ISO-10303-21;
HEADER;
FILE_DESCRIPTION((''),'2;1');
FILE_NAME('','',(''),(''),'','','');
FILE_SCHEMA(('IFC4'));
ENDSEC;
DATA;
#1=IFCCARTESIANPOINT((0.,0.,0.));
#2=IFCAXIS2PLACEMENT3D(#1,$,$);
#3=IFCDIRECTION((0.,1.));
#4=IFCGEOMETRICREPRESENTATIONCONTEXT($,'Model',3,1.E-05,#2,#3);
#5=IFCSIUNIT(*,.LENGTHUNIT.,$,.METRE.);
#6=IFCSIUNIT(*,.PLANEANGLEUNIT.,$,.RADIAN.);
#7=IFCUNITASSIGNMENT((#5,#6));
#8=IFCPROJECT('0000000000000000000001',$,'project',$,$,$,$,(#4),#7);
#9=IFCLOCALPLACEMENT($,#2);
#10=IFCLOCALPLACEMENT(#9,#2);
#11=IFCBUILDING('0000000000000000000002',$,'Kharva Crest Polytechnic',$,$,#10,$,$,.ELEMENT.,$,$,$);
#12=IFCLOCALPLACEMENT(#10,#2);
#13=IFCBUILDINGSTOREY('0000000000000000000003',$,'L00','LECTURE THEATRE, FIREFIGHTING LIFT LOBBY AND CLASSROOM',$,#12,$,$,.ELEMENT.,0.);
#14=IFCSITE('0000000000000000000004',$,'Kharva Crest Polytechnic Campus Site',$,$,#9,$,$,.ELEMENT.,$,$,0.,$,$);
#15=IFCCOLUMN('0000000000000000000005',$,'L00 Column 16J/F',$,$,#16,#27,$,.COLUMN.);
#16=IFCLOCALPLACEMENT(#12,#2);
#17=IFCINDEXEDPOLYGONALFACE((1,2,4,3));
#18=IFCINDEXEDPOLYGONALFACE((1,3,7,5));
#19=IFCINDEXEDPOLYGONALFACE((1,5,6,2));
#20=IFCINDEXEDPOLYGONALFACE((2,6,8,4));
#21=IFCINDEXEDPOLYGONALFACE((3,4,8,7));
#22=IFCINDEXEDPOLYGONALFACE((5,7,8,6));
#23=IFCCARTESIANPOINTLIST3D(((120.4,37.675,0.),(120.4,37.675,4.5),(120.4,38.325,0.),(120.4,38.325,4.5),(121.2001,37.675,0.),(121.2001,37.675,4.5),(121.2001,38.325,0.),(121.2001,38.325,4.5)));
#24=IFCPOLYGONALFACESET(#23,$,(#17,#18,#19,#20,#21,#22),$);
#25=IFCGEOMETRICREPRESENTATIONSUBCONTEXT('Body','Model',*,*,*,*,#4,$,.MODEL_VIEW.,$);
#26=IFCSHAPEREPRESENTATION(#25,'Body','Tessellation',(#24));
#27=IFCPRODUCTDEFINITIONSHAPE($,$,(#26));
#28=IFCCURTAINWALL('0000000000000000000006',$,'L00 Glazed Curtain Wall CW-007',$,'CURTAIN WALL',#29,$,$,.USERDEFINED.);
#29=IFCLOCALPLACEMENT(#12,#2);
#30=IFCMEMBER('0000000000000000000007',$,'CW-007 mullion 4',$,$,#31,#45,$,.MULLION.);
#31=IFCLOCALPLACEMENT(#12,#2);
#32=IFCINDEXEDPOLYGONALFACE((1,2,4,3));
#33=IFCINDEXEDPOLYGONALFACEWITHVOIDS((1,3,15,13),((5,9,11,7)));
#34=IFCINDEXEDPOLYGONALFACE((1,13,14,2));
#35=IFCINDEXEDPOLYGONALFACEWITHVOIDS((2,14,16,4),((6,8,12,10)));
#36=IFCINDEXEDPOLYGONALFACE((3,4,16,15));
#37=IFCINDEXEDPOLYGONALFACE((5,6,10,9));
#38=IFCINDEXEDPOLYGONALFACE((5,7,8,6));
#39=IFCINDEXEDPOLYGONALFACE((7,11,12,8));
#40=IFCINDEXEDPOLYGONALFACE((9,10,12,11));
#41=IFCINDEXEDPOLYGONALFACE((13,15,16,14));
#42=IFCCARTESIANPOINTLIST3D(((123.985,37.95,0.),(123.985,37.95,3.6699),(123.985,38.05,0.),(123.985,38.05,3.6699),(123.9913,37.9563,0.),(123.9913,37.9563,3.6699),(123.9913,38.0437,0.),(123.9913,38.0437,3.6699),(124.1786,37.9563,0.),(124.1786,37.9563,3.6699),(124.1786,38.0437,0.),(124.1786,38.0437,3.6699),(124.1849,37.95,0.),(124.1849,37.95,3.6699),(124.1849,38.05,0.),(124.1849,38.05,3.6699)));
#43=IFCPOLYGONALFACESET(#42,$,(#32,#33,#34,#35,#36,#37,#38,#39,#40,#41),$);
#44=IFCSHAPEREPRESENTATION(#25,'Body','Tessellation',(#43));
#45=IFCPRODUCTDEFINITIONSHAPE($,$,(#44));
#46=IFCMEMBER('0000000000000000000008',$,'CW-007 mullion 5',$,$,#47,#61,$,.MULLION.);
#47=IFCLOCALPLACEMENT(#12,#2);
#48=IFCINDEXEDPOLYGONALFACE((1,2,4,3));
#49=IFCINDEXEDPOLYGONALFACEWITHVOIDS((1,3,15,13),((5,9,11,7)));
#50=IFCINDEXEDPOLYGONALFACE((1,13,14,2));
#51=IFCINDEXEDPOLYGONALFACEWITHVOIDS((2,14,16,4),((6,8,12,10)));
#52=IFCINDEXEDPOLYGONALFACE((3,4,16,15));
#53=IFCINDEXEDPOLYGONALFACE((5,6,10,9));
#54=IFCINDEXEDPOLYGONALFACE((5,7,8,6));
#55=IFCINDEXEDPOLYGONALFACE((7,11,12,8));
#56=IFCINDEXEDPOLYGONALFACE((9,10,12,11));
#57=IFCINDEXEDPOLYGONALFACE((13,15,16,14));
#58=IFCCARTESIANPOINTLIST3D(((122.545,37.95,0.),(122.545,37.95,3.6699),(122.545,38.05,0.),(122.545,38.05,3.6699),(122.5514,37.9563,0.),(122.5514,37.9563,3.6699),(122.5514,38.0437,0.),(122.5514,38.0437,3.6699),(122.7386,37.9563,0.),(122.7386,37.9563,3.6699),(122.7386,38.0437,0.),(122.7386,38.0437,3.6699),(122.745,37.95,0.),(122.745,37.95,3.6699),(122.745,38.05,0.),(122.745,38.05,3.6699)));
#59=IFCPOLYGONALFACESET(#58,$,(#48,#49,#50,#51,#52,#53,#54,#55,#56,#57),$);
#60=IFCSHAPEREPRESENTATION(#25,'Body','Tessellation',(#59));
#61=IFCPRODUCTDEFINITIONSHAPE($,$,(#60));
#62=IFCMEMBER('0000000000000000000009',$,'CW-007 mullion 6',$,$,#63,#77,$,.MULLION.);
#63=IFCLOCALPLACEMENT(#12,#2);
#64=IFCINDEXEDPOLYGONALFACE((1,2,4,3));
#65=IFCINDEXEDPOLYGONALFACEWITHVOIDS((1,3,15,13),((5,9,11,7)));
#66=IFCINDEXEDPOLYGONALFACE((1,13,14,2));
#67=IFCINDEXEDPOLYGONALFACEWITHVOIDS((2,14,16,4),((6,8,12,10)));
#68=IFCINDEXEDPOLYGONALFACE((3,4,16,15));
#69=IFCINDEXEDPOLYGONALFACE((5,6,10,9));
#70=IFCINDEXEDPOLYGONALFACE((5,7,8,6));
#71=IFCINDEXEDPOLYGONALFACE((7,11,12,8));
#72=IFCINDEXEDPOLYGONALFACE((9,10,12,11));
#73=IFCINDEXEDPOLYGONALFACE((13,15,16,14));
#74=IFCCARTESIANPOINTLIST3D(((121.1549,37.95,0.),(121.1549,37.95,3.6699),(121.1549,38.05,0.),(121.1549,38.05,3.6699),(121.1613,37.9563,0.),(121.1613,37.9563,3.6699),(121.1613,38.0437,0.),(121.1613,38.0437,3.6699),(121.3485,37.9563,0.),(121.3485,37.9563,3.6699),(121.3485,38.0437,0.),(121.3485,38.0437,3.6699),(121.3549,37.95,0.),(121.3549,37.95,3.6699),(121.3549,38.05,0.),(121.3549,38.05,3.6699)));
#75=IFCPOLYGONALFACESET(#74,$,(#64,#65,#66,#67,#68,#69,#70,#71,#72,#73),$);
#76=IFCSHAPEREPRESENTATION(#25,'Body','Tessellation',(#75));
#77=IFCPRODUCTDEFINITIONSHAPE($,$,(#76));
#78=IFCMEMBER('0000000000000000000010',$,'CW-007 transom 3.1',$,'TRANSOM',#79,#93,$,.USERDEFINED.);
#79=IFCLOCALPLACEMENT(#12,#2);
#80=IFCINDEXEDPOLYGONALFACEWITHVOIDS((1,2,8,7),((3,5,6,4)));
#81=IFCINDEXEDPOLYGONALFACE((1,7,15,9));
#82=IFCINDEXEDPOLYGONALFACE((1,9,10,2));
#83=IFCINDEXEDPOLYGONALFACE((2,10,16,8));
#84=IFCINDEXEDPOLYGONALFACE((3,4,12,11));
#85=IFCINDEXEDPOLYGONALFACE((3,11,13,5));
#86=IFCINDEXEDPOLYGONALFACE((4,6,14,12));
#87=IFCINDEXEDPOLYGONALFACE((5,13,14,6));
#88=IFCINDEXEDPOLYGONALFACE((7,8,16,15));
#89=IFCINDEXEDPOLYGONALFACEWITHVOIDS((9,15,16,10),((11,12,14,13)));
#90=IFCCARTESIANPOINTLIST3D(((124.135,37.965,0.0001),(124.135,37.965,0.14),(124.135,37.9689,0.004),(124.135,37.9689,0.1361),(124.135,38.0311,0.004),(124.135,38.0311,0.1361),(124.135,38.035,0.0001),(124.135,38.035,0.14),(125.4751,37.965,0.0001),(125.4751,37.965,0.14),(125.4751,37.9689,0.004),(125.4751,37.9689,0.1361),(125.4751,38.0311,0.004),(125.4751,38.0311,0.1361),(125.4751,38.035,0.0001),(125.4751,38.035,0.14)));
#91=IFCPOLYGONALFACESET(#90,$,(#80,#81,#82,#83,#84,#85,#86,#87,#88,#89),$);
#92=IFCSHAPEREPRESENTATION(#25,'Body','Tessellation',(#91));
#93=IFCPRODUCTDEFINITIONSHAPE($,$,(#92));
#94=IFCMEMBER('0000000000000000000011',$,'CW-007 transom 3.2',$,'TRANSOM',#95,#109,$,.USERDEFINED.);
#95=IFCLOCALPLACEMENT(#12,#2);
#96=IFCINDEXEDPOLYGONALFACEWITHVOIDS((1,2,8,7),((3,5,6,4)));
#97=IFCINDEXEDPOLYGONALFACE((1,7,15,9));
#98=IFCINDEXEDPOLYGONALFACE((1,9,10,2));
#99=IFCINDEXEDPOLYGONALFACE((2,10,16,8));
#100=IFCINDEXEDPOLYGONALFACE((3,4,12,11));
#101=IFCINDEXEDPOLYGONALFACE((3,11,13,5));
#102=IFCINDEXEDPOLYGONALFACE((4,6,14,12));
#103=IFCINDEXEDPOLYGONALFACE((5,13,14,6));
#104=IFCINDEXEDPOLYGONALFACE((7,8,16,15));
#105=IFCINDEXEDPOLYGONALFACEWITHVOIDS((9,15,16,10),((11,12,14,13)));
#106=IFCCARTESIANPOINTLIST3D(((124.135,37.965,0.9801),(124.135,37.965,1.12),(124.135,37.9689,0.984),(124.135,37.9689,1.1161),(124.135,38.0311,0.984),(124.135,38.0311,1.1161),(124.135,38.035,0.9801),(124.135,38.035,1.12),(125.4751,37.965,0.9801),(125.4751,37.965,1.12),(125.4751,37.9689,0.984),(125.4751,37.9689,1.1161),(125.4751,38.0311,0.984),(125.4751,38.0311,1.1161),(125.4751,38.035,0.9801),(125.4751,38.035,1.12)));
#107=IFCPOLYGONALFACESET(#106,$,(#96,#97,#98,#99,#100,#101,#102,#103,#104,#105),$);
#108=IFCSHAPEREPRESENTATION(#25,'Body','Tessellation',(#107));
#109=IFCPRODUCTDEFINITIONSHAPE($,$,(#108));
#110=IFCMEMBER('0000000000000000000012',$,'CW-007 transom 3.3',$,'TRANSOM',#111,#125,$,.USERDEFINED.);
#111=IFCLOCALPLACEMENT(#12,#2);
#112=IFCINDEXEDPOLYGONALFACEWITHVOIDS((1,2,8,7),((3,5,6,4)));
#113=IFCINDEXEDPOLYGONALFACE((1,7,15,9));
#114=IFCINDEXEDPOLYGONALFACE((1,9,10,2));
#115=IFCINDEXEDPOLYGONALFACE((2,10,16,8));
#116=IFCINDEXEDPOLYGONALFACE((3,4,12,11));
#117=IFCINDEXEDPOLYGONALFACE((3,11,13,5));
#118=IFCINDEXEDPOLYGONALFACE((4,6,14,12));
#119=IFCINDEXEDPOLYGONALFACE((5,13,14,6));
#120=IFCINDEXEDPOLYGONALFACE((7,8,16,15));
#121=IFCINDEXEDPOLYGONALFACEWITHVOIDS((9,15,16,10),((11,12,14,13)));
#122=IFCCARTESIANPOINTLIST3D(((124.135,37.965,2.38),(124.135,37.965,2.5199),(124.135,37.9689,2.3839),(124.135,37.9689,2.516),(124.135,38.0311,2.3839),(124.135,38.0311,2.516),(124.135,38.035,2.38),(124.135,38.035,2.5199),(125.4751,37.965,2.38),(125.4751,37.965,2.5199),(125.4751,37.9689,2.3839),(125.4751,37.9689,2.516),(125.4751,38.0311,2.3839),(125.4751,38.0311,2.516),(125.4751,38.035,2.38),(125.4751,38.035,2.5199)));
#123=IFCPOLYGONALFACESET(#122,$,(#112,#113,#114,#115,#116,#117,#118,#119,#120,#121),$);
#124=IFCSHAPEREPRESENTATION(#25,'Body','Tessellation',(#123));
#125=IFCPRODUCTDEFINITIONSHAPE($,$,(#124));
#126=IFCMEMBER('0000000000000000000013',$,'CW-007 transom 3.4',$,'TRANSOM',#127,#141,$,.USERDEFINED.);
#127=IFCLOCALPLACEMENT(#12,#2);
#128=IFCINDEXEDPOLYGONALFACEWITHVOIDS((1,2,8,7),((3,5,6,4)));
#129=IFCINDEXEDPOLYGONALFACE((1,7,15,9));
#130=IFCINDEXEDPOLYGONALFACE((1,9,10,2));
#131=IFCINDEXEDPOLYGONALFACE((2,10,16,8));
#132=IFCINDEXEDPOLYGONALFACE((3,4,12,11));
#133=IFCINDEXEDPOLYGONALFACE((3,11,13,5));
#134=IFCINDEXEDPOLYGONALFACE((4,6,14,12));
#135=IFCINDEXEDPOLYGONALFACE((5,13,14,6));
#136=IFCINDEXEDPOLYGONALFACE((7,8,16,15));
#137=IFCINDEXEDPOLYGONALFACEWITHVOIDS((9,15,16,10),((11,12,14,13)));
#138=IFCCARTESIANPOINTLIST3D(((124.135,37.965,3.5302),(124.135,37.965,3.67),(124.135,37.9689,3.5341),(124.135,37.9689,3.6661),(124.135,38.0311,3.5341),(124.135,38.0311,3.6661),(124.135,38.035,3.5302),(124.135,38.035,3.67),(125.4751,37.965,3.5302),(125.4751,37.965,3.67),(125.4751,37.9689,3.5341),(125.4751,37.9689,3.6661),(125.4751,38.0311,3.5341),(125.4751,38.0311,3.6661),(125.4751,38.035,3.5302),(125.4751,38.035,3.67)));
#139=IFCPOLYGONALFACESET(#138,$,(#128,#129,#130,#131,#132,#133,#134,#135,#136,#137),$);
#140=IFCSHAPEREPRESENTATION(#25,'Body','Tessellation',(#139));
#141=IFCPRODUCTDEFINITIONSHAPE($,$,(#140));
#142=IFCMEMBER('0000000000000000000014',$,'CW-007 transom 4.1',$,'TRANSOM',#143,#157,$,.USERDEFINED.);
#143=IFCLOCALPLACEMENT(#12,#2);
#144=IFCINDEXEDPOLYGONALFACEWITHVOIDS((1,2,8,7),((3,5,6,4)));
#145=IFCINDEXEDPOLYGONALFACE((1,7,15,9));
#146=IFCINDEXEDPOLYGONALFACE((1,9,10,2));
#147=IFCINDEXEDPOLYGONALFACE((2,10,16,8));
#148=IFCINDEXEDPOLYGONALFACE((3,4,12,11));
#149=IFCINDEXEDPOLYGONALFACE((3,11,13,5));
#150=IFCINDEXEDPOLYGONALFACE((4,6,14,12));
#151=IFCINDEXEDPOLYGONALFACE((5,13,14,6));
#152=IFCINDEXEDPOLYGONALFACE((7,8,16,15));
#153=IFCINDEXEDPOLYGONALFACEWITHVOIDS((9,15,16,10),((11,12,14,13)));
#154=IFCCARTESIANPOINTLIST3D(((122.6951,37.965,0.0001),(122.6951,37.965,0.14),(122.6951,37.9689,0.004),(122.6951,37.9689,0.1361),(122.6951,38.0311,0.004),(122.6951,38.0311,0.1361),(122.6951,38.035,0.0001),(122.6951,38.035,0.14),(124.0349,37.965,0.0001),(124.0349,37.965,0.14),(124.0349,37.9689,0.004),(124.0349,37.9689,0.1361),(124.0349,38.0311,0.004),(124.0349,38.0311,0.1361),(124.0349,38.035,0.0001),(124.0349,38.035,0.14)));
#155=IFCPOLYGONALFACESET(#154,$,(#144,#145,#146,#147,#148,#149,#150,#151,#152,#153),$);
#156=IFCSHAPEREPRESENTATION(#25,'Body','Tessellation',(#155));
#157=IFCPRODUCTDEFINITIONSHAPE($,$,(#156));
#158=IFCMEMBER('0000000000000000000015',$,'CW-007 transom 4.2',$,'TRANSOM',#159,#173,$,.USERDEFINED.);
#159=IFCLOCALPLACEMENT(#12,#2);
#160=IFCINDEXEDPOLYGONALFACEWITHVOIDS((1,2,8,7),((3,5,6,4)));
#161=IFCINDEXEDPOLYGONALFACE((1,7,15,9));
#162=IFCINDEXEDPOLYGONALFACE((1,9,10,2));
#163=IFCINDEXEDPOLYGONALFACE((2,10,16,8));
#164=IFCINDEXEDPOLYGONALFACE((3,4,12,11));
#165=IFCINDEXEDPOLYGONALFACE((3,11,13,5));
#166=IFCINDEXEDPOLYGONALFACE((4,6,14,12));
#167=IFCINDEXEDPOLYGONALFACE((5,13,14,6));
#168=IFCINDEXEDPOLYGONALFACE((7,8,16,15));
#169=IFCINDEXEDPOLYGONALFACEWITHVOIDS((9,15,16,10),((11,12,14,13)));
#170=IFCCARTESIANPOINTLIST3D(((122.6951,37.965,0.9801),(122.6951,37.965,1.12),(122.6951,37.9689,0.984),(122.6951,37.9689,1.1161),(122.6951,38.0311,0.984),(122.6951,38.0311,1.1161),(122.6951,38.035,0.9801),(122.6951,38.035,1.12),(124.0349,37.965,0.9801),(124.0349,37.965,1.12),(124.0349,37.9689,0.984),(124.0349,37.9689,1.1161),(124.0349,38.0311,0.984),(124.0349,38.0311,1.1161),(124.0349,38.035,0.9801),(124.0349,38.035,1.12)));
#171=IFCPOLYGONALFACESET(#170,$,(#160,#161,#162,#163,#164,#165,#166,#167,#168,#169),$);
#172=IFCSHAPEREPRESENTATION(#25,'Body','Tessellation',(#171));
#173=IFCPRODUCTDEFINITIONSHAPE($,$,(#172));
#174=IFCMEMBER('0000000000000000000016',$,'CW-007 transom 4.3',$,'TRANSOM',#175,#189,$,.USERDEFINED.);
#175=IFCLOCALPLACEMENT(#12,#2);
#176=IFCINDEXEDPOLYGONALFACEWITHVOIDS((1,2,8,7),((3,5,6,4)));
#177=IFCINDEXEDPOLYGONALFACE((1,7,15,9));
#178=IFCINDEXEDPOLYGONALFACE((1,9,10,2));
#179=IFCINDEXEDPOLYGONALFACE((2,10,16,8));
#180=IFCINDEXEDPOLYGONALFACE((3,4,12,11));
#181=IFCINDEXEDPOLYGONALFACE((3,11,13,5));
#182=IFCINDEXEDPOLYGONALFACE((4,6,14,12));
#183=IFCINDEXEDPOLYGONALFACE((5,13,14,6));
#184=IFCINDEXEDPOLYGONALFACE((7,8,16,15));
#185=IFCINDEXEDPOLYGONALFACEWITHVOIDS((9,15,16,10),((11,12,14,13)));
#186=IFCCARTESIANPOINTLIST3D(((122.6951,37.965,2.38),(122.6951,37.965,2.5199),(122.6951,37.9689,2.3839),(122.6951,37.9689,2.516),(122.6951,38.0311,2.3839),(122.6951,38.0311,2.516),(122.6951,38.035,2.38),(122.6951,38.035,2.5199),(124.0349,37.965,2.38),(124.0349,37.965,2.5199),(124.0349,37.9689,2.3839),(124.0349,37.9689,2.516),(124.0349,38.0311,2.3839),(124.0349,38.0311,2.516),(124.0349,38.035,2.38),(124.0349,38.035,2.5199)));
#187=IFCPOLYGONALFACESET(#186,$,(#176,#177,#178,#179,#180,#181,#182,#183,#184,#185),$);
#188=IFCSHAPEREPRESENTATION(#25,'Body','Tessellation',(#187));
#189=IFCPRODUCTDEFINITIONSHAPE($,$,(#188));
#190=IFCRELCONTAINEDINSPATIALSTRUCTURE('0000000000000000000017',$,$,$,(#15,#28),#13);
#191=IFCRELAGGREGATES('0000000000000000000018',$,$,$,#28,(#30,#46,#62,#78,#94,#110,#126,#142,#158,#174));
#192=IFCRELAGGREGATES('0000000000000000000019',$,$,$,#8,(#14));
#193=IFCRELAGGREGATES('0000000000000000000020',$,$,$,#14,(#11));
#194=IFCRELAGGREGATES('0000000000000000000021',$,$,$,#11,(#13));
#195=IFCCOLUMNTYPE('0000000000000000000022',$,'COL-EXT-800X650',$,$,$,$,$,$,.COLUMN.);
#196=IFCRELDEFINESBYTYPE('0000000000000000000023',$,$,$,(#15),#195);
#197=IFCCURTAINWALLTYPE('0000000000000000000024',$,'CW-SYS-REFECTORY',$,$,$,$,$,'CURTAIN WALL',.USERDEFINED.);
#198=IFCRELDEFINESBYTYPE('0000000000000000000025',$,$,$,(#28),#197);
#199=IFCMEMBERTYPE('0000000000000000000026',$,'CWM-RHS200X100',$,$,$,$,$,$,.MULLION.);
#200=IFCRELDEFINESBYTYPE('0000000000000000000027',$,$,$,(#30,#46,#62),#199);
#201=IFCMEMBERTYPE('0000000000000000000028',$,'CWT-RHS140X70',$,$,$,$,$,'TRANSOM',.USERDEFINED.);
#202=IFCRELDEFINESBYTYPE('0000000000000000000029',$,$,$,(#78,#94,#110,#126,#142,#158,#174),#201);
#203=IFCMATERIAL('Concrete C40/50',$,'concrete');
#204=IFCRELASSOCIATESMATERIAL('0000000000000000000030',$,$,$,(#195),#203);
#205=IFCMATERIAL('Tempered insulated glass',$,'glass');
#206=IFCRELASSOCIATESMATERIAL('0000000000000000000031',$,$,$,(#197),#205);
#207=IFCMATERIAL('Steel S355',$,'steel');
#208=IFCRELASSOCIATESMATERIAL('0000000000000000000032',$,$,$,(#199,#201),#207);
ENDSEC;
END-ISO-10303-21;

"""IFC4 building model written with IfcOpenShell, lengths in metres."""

from ifc_helpers import new_model, si_unit, direction, frame, origin, origin_2d, place, context, subcontext, project, spatial, rectangle, hollow_rectangle, extrude, material, material_profile, profile_set, type_object, element, aggregate, save


model = new_model("IFC4")

# Units and contexts
model_context = context("Model", 3, precision=1e-05, world=origin(), true_north=direction((0.0, 1.0)))
body_context = subcontext(model_context, "Body", "Model", "MODEL_VIEW")
ifc_project = project(units=[si_unit("LENGTHUNIT", "METRE"), si_unit("PLANEANGLEUNIT", "RADIAN")], contexts=[model_context])

# Site, building, storey
site_placement = place(None, origin())
site = spatial("IfcSite", under=ifc_project, at=site_placement, Name="Kharva Crest Polytechnic Campus Site", CompositionType="ELEMENT", RefElevation=0.0)
building_placement = place(site_placement, origin())
building = spatial("IfcBuilding", under=site, at=building_placement, Name="Kharva Crest Polytechnic", CompositionType="ELEMENT")
storey_placement = place(building_placement, origin())
storey = spatial("IfcBuildingStorey", under=building, at=storey_placement, Name="L00", Description="LECTURE THEATRE, FIREFIGHTING LIFT LOBBY AND CLASSROOM", CompositionType="ELEMENT", Elevation=0.0)

# Column
ifc_material_1 = material(Name="Concrete C40/50", Category="concrete")
ifc_material_profile_1 = material_profile(ifc_material_1, rectangle(XDim=0.8, YDim=0.6499, at=origin_2d()), Name="RECT 800 X 650")
ifc_profile_set_1 = profile_set([ifc_material_profile_1], Name="Concrete C40/50")
column_type = type_object("IfcColumnType", Name="COL-EXT-800X650", PredefinedType="COLUMN", material=ifc_profile_set_1)
column_placement = place(storey_placement, frame((120.8, 38.0, 0.0), z_axis=(0.0, 0.0, 1.0), x_axis=(1.0, 0.0, 0.0)))
element("IfcColumn", 1, at=column_placement, inside=storey, type_object=column_type, Name="L00 Column 16J/F", PredefinedType="COLUMN", context=body_context, shape_type="SweptSolid", body=[
    extrude(rectangle(XDim=0.8, YDim=0.6499, at=origin_2d()), origin(), (0.0, 0.0, 1.0), 4.5),
])

# Curtain wall, members
ifc_material_2 = material(Name="Tempered insulated glass", Category="glass")
curtain_wall_type = type_object("IfcCurtainWallType", Name="CW-SYS-REFECTORY", ElementType="CURTAIN WALL", PredefinedType="USERDEFINED", material=ifc_material_2)
curtain_wall_placement = place(storey_placement, origin())
curtain_wall = element("IfcCurtainWall", 2, at=curtain_wall_placement, inside=storey, type_object=curtain_wall_type, Name="L00 Glazed Curtain Wall CW-007", ObjectType="CURTAIN WALL", PredefinedType="USERDEFINED")
ifc_material_3 = material(Name="Steel S355", Category="steel")
ifc_material_profile_2 = material_profile(ifc_material_3, hollow_rectangle(XDim=0.1001, YDim=0.2, WallThickness=0.0063, at=origin_2d()), Name="RHS 200X100X6.3")
ifc_profile_set_2 = profile_set([ifc_material_profile_2], Name="Steel S355")
member_type_1 = type_object("IfcMemberType", Name="CWM-RHS200X100", PredefinedType="MULLION", material=ifc_profile_set_2)
member_1_placement = place(storey_placement, frame((124.085, 38.0, 0.0), z_axis=(0.0, 0.0, 1.0), x_axis=(0.0, -1.0, 0.0)))
member_1 = element("IfcMember", 3, at=member_1_placement, type_object=member_type_1, Name="CW-007 mullion 4", PredefinedType="MULLION", context=body_context, shape_type="SweptSolid", body=[
    extrude(hollow_rectangle(XDim=0.1001, YDim=0.2, WallThickness=0.0063, at=origin_2d()), origin(), (0.0, 0.0, 1.0), 3.6699),
])
member_2_placement = place(storey_placement, frame((122.645, 38.0, 0.0), z_axis=(0.0, 0.0, 1.0), x_axis=(0.0, -1.0, 0.0)))
member_2 = element("IfcMember", 4, at=member_2_placement, type_object=member_type_1, Name="CW-007 mullion 5", PredefinedType="MULLION", context=body_context, shape_type="SweptSolid", body=[
    extrude(hollow_rectangle(XDim=0.1001, YDim=0.2, WallThickness=0.0063, at=origin_2d()), origin(), (0.0, 0.0, 1.0), 3.6699),
])
member_3_placement = place(storey_placement, frame((121.2549, 38.0, 0.0), z_axis=(0.0, 0.0, 1.0), x_axis=(0.0, -1.0, 0.0)))
member_3 = element("IfcMember", 5, at=member_3_placement, type_object=member_type_1, Name="CW-007 mullion 6", PredefinedType="MULLION", context=body_context, shape_type="SweptSolid", body=[
    extrude(hollow_rectangle(XDim=0.1001, YDim=0.2, WallThickness=0.0063, at=origin_2d()), origin(), (0.0, 0.0, 1.0), 3.6699),
])
ifc_material_profile_3 = material_profile(ifc_material_3, hollow_rectangle(XDim=0.0701, YDim=0.1399, WallThickness=0.0039, at=origin_2d()), Name="RHS 140X70X4.0")
ifc_profile_set_3 = profile_set([ifc_material_profile_3], Name="Steel S355")
member_type_2 = type_object("IfcMemberType", Name="CWT-RHS140X70", ElementType="TRANSOM", PredefinedType="USERDEFINED", material=ifc_profile_set_3)
member_4_placement = place(storey_placement, frame((125.4751, 38.0, 0.0701), z_axis=(-1.0, 0.0, 0.0), x_axis=(0.0, -1.0, 0.0)))
member_4 = element("IfcMember", 6, at=member_4_placement, type_object=member_type_2, Name="CW-007 transom 3.1", ObjectType="TRANSOM", PredefinedType="USERDEFINED", context=body_context, shape_type="SweptSolid", body=[
    extrude(hollow_rectangle(XDim=0.0701, YDim=0.1399, WallThickness=0.0039, at=origin_2d()), origin(), (0.0, 0.0, 1.0), 1.3401),
])
member_5_placement = place(storey_placement, frame((125.4751, 38.0, 1.05), z_axis=(-1.0, 0.0, 0.0), x_axis=(0.0, -1.0, 0.0)))
member_5 = element("IfcMember", 7, at=member_5_placement, type_object=member_type_2, Name="CW-007 transom 3.2", ObjectType="TRANSOM", PredefinedType="USERDEFINED", context=body_context, shape_type="SweptSolid", body=[
    extrude(hollow_rectangle(XDim=0.0701, YDim=0.1399, WallThickness=0.0039, at=origin_2d()), origin(), (0.0, 0.0, 1.0), 1.3401),
])
member_6_placement = place(storey_placement, frame((125.4751, 38.0, 2.45), z_axis=(-1.0, 0.0, 0.0), x_axis=(0.0, -1.0, 0.0)))
member_6 = element("IfcMember", 8, at=member_6_placement, type_object=member_type_2, Name="CW-007 transom 3.3", ObjectType="TRANSOM", PredefinedType="USERDEFINED", context=body_context, shape_type="SweptSolid", body=[
    extrude(hollow_rectangle(XDim=0.0701, YDim=0.1399, WallThickness=0.0039, at=origin_2d()), origin(), (0.0, 0.0, 1.0), 1.3401),
])
member_7_placement = place(storey_placement, frame((125.4751, 38.0, 3.6001), z_axis=(-1.0, 0.0, 0.0), x_axis=(0.0, -1.0, 0.0)))
member_7 = element("IfcMember", 9, at=member_7_placement, type_object=member_type_2, Name="CW-007 transom 3.4", ObjectType="TRANSOM", PredefinedType="USERDEFINED", context=body_context, shape_type="SweptSolid", body=[
    extrude(hollow_rectangle(XDim=0.0701, YDim=0.1399, WallThickness=0.0039, at=origin_2d()), origin(), (0.0, 0.0, 1.0), 1.3401),
])
member_8_placement = place(storey_placement, frame((124.0349, 38.0, 0.0701), z_axis=(-1.0, 0.0, 0.0), x_axis=(0.0, -1.0, 0.0)))
member_8 = element("IfcMember", 10, at=member_8_placement, type_object=member_type_2, Name="CW-007 transom 4.1", ObjectType="TRANSOM", PredefinedType="USERDEFINED", context=body_context, shape_type="SweptSolid", body=[
    extrude(hollow_rectangle(XDim=0.0701, YDim=0.1399, WallThickness=0.0039, at=origin_2d()), origin(), (0.0, 0.0, 1.0), 1.3398),
])
member_9_placement = place(storey_placement, frame((124.0349, 38.0, 1.05), z_axis=(-1.0, 0.0, 0.0), x_axis=(0.0, -1.0, 0.0)))
member_9 = element("IfcMember", 11, at=member_9_placement, type_object=member_type_2, Name="CW-007 transom 4.2", ObjectType="TRANSOM", PredefinedType="USERDEFINED", context=body_context, shape_type="SweptSolid", body=[
    extrude(hollow_rectangle(XDim=0.0701, YDim=0.1399, WallThickness=0.0039, at=origin_2d()), origin(), (0.0, 0.0, 1.0), 1.3398),
])
member_10_placement = place(storey_placement, frame((124.0349, 38.0, 2.45), z_axis=(-1.0, 0.0, 0.0), x_axis=(0.0, -1.0, 0.0)))
member_10 = element("IfcMember", 12, at=member_10_placement, type_object=member_type_2, Name="CW-007 transom 4.3", ObjectType="TRANSOM", PredefinedType="USERDEFINED", context=body_context, shape_type="SweptSolid", body=[
    extrude(hollow_rectangle(XDim=0.0701, YDim=0.1399, WallThickness=0.0039, at=origin_2d()), origin(), (0.0, 0.0, 1.0), 1.3398),
])

aggregate(curtain_wall, [member_1, member_2, member_3, member_4, member_5, member_6, member_7, member_8, member_9, member_10])

save(model, "model.ifc")
